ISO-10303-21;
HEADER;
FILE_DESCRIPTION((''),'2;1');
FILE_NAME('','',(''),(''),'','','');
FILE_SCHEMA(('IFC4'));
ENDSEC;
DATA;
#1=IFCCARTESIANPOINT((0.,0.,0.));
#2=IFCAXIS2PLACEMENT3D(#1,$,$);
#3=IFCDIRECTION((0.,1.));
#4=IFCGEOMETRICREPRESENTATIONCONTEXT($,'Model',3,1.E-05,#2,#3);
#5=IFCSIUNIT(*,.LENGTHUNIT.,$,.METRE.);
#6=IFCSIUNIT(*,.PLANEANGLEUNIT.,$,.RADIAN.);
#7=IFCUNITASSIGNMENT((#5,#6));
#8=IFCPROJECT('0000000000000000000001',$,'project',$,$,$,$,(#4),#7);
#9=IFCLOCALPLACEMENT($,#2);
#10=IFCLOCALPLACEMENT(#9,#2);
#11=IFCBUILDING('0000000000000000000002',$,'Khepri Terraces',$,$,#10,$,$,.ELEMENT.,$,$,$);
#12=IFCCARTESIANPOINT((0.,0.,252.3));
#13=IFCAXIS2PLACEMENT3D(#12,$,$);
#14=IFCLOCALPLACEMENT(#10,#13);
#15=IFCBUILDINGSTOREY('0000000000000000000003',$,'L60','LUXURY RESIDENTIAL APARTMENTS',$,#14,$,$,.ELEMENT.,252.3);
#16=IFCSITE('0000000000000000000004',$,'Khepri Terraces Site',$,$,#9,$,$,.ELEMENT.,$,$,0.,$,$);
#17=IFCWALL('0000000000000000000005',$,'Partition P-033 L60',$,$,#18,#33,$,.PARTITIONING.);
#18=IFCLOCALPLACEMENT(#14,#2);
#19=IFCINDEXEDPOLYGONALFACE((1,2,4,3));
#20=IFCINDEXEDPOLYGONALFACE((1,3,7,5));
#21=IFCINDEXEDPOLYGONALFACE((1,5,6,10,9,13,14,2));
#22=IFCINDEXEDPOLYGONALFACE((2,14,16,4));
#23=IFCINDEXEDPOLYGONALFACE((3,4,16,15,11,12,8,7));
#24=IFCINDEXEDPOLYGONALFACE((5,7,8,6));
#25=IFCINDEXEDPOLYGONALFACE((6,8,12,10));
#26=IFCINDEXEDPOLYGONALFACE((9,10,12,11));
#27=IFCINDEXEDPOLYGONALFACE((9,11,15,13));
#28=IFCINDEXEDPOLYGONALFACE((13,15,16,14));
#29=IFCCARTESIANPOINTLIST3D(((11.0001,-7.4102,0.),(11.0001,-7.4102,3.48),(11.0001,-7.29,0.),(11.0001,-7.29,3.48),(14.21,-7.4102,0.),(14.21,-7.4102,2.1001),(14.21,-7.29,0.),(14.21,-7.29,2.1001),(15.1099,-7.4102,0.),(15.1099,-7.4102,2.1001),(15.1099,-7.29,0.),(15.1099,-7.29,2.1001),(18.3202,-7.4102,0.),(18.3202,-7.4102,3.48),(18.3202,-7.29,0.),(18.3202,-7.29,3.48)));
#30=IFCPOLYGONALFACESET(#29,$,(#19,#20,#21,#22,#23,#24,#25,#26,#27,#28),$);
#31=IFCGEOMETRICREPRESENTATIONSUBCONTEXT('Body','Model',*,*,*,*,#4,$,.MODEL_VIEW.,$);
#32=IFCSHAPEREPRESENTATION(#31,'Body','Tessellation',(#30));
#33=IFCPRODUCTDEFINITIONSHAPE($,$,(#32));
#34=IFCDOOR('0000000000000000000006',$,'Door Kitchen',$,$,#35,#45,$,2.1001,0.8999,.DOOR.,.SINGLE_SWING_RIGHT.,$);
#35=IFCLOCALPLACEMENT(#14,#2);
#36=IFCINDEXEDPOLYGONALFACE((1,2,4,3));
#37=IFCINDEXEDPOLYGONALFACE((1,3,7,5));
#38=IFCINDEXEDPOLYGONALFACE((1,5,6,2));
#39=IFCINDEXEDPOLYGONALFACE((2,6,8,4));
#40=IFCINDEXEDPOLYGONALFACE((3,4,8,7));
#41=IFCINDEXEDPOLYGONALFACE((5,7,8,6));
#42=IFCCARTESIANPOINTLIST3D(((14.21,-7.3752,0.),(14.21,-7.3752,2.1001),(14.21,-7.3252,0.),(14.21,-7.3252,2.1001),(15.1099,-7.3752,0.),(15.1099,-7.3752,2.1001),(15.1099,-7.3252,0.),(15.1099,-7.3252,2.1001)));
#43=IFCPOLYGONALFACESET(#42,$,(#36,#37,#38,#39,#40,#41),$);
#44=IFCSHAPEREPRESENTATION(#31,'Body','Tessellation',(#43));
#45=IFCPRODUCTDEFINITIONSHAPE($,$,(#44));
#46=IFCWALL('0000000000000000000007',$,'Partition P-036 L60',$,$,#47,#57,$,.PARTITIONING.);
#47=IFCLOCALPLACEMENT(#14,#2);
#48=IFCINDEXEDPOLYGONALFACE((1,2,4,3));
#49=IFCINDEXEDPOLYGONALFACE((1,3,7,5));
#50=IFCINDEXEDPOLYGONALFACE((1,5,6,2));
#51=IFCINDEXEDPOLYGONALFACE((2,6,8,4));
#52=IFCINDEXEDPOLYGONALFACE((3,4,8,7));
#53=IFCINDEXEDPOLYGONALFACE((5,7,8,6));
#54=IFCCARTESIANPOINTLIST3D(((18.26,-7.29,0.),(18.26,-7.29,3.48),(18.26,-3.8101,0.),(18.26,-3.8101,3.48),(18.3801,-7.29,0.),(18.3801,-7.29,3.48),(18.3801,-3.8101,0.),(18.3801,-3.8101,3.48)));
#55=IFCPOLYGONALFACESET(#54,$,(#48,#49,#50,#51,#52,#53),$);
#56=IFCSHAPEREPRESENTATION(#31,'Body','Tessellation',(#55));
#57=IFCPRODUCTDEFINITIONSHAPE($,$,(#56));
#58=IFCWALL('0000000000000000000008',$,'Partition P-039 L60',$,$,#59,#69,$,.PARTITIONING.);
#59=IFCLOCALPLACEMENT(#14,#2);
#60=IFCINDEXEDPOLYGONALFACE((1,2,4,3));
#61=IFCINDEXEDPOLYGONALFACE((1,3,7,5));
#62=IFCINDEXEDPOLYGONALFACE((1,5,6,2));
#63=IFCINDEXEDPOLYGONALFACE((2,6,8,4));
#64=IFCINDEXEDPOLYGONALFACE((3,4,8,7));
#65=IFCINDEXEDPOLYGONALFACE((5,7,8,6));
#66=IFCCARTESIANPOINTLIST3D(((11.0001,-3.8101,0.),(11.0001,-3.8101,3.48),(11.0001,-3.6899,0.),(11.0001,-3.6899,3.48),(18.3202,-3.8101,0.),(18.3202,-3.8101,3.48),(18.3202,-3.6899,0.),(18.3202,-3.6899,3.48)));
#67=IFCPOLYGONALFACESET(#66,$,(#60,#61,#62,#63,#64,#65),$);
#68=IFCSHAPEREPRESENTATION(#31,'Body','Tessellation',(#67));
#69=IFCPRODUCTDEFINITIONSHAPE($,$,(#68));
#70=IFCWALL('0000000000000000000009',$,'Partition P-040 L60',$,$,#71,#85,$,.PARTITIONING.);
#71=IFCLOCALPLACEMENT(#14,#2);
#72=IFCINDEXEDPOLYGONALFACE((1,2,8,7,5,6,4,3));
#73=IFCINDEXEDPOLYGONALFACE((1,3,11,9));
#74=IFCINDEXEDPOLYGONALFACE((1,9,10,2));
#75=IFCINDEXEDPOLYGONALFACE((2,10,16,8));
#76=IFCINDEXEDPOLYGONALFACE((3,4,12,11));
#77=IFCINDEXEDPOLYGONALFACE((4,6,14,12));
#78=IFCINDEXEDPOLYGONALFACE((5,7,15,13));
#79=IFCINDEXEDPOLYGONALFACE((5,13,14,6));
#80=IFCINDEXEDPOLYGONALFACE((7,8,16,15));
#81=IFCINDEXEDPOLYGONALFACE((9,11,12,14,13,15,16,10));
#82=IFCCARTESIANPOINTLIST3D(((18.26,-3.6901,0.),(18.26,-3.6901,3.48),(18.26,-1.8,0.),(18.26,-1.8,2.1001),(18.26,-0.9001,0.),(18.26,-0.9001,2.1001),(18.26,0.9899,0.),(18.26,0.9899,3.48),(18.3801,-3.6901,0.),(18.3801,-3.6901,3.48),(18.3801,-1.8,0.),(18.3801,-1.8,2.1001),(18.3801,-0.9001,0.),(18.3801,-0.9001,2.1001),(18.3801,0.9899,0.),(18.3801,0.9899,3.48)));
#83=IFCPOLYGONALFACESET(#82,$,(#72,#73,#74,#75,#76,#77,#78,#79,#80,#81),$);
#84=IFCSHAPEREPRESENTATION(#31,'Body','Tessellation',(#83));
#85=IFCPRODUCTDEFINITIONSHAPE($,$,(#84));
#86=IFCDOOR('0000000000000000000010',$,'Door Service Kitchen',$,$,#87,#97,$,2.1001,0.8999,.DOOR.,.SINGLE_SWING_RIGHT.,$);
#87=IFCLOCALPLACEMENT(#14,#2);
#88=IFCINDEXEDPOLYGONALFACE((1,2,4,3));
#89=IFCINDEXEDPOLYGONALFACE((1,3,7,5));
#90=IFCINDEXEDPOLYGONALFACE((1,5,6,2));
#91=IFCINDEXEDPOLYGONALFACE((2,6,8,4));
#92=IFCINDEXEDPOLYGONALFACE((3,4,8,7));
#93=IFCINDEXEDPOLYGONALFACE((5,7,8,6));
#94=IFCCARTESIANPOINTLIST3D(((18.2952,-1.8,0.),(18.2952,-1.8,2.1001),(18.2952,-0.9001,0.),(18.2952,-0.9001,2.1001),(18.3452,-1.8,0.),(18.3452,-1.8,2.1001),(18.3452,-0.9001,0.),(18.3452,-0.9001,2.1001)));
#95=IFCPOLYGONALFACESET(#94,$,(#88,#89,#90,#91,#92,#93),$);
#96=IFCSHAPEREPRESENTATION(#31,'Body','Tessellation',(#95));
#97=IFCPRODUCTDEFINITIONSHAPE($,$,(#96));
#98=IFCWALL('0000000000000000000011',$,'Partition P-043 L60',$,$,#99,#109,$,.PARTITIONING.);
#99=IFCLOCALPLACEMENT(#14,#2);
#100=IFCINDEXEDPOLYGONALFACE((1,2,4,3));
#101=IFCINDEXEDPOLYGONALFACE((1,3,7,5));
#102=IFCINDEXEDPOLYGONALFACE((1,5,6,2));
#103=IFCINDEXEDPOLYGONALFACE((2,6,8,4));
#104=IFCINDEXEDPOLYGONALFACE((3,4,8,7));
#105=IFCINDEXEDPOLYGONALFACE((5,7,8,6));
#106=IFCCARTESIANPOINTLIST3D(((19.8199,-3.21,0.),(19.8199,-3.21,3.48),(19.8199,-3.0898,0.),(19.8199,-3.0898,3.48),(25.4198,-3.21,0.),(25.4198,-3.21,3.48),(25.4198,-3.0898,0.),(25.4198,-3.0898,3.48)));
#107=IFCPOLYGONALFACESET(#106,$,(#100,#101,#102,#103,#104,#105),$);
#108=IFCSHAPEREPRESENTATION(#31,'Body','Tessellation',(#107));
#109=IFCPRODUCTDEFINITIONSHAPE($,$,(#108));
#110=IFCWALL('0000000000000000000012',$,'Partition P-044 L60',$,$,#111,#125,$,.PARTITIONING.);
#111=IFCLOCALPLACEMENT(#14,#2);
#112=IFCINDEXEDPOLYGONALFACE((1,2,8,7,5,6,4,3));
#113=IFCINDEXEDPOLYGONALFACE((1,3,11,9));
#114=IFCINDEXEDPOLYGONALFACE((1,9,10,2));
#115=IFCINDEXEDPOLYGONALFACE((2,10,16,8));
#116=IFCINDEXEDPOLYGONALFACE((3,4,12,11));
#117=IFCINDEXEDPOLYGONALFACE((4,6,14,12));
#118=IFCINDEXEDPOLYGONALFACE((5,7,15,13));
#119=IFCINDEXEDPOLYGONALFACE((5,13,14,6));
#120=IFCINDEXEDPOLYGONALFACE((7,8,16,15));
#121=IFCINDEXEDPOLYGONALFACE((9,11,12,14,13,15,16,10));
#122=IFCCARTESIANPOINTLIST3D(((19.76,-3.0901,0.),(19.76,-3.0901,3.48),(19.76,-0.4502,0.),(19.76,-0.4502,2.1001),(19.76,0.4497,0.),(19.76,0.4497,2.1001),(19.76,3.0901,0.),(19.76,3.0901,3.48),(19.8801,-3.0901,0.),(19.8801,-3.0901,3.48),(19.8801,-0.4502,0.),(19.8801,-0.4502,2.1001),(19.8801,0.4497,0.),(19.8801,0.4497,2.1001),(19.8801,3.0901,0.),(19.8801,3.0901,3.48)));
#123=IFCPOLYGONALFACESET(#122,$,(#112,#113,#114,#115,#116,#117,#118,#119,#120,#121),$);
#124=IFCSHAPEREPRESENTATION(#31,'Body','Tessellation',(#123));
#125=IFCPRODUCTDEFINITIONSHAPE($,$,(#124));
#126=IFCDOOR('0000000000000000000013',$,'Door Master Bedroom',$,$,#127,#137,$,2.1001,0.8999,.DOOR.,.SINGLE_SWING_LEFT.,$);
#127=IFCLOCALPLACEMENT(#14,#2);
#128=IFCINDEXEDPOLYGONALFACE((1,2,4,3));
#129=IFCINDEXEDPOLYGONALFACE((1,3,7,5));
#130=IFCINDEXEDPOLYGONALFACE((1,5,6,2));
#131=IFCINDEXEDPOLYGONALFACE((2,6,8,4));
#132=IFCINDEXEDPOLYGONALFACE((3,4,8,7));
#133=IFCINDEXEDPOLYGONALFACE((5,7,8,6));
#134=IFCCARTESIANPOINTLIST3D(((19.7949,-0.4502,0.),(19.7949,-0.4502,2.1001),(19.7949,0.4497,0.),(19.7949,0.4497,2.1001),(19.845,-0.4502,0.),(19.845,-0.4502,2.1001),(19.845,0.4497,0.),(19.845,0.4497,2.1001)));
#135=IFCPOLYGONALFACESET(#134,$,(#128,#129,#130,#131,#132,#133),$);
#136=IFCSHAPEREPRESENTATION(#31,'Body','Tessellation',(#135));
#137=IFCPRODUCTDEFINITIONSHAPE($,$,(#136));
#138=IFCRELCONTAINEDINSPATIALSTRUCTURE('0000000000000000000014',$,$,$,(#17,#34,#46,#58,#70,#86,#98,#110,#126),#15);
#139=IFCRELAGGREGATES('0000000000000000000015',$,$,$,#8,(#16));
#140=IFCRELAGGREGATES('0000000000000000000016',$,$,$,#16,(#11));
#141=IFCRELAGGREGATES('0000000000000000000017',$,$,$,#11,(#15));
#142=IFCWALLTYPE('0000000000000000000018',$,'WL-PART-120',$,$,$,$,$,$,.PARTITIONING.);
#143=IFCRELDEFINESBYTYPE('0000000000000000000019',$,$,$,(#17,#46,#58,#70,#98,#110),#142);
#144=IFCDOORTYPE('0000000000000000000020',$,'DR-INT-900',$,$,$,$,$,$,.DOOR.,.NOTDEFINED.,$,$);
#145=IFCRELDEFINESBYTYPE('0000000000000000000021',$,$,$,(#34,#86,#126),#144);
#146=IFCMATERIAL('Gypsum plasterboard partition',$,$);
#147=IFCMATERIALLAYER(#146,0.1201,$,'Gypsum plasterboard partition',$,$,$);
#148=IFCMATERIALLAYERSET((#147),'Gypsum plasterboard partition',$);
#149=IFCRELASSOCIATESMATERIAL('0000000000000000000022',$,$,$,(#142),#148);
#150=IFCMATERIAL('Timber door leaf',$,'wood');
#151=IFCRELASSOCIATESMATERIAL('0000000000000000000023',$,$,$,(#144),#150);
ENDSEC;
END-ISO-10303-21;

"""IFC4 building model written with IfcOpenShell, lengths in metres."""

from ifc_helpers import new_model, si_unit, direction, frame, frame_2d, origin, place, context, subcontext, project, spatial, rectangle, extrude, material, layer, layer_set, type_object, element, fill, save


model = new_model("IFC4")

# Units and contexts
model_context = context("Model", 3, precision=1e-05, world=origin(), true_north=direction((0.0, 1.0)))
body_context = subcontext(model_context, "Body", "Model", "MODEL_VIEW")
ifc_project = project(units=[si_unit("LENGTHUNIT", "METRE"), si_unit("PLANEANGLEUNIT", "RADIAN")], contexts=[model_context])

# Site, building, storey
site_placement = place(None, origin())
site = spatial("IfcSite", under=ifc_project, at=site_placement, Name="Khepri Terraces Site", CompositionType="ELEMENT", RefElevation=0.0)
building_placement = place(site_placement, origin())
building = spatial("IfcBuilding", under=site, at=building_placement, Name="Khepri Terraces", CompositionType="ELEMENT")
storey_placement = place(building_placement, frame((0.0, 0.0, 252.3)))
storey = spatial("IfcBuildingStorey", under=building, at=storey_placement, Name="L60", Description="LUXURY RESIDENTIAL APARTMENTS", CompositionType="ELEMENT", Elevation=252.3)

# Shared definitions
ifc_material_1 = material(Name="Gypsum plasterboard partition")
ifc_layer_1 = layer(ifc_material_1, 0.1201, Name="Gypsum plasterboard partition")
ifc_layer_set_1 = layer_set([ifc_layer_1], Name="Gypsum plasterboard partition")
wall_type_1 = type_object("IfcWallType", Name="WL-PART-120", PredefinedType="PARTITIONING", material=ifc_layer_set_1)
ifc_material_2 = material(Name="Timber door leaf", Category="wood")
door_type_1 = type_object("IfcDoorType", Name="DR-INT-900", OperationType="NOTDEFINED", PredefinedType="DOOR", material=ifc_material_2)

# Wall, opening, door
wall_1_placement = place(storey_placement, frame((11.0, -7.3501, 0.0), z_axis=(0.0, 0.0, 1.0), x_axis=(1.0, 0.0, 0.0)))
wall_1 = element("IfcWall", 1, at=wall_1_placement, inside=storey, type_object=wall_type_1, Name="Partition P-033 L60", PredefinedType="PARTITIONING", context=body_context, shape_type="SweptSolid", body=[
    extrude(rectangle(XDim=7.3201, YDim=0.1201, at=frame_2d((3.6602, 0.0))), origin(), (0.0, 0.0, 1.0), 3.48),
])
opening_1_placement = place(wall_1_placement, frame((3.21, 0.0, 0.0)))
opening_1 = element("IfcOpeningElement", 2, at=opening_1_placement, cuts=wall_1, PredefinedType="OPENING", context=body_context, shape_type="SweptSolid", body=[
    extrude(rectangle(XDim=0.8999, YDim=2.1001, at=frame_2d((0.45, 1.05))), frame((0.0, 0.0701, 0.0), z_axis=(0.0, -1.0, 0.0), x_axis=(1.0, 0.0, 0.0)), (0.0, 0.0, 1.0), 0.1401),
])
door_1_placement = place(opening_1_placement, origin())
door_1 = element("IfcDoor", 3, at=door_1_placement, inside=storey, type_object=door_type_1, Name="Door Kitchen", OperationType="SINGLE_SWING_RIGHT", OverallHeight=2.1001, OverallWidth=0.8999, PredefinedType="DOOR", context=body_context, shape_type="SweptSolid", body=[
    extrude(rectangle(XDim=0.8999, YDim=2.1001, at=frame_2d((0.45, 1.05))), frame((0.0, 0.0249, 0.0), z_axis=(0.0, -1.0, 0.0), x_axis=(1.0, 0.0, 0.0)), (0.0, 0.0, 1.0), 0.05),
])
fill(opening_1, door_1)

# Walls
wall_2_placement = place(storey_placement, frame((18.3201, -7.29, 0.0), z_axis=(0.0, 0.0, 1.0), x_axis=(0.0, 1.0, 0.0)))
element("IfcWall", 4, at=wall_2_placement, inside=storey, type_object=wall_type_1, Name="Partition P-036 L60", PredefinedType="PARTITIONING", context=body_context, shape_type="SweptSolid", body=[
    extrude(rectangle(XDim=3.48, YDim=0.1201, at=frame_2d((1.74, 0.0))), origin(), (0.0, 0.0, 1.0), 3.48),
])
wall_3_placement = place(storey_placement, frame((11.0, -3.75, 0.0), z_axis=(0.0, 0.0, 1.0), x_axis=(1.0, 0.0, 0.0)))
element("IfcWall", 5, at=wall_3_placement, inside=storey, type_object=wall_type_1, Name="Partition P-039 L60", PredefinedType="PARTITIONING", context=body_context, shape_type="SweptSolid", body=[
    extrude(rectangle(XDim=7.3201, YDim=0.1201, at=frame_2d((3.6602, 0.0))), origin(), (0.0, 0.0, 1.0), 3.48),
])

# Wall, opening, door
wall_4_placement = place(storey_placement, frame((18.3201, -3.6899, 0.0), z_axis=(0.0, 0.0, 1.0), x_axis=(0.0, 1.0, 0.0)))
wall_4 = element("IfcWall", 6, at=wall_4_placement, inside=storey, type_object=wall_type_1, Name="Partition P-040 L60", PredefinedType="PARTITIONING", context=body_context, shape_type="SweptSolid", body=[
    extrude(rectangle(XDim=4.6799, YDim=0.1201, at=frame_2d((2.3398, 0.0))), origin(), (0.0, 0.0, 1.0), 3.48),
])
opening_2_placement = place(wall_4_placement, frame((1.8899, 0.0, 0.0)))
opening_2 = element("IfcOpeningElement", 7, at=opening_2_placement, cuts=wall_4, PredefinedType="OPENING", context=body_context, shape_type="SweptSolid", body=[
    extrude(rectangle(XDim=0.8999, YDim=2.1001, at=frame_2d((0.45, 1.05))), frame((0.0, 0.0701, 0.0), z_axis=(0.0, -1.0, 0.0), x_axis=(1.0, 0.0, 0.0)), (0.0, 0.0, 1.0), 0.1401),
])
door_2_placement = place(opening_2_placement, origin())
door_2 = element("IfcDoor", 8, at=door_2_placement, inside=storey, type_object=door_type_1, Name="Door Service Kitchen", OperationType="SINGLE_SWING_RIGHT", OverallHeight=2.1001, OverallWidth=0.8999, PredefinedType="DOOR", context=body_context, shape_type="SweptSolid", body=[
    extrude(rectangle(XDim=0.8999, YDim=2.1001, at=frame_2d((0.45, 1.05))), frame((0.0, 0.0249, 0.0), z_axis=(0.0, -1.0, 0.0), x_axis=(1.0, 0.0, 0.0)), (0.0, 0.0, 1.0), 0.05),
])
fill(opening_2, door_2)

# Wall
wall_5_placement = place(storey_placement, frame((19.8201, -3.1499, 0.0), z_axis=(0.0, 0.0, 1.0), x_axis=(1.0, 0.0, 0.0)))
element("IfcWall", 9, at=wall_5_placement, inside=storey, type_object=wall_type_1, Name="Partition P-043 L60", PredefinedType="PARTITIONING", context=body_context, shape_type="SweptSolid", body=[
    extrude(rectangle(XDim=5.5999, YDim=0.1201, at=frame_2d((2.7998, 0.0))), origin(), (0.0, 0.0, 1.0), 3.48),
])

# Wall, opening, door
wall_6_placement = place(storey_placement, frame((19.8201, -3.0901, 0.0), z_axis=(0.0, 0.0, 1.0), x_axis=(0.0, 1.0, 0.0)))
wall_6 = element("IfcWall", 10, at=wall_6_placement, inside=storey, type_object=wall_type_1, Name="Partition P-044 L60", PredefinedType="PARTITIONING", context=body_context, shape_type="SweptSolid", body=[
    extrude(rectangle(XDim=6.1802, YDim=0.1201, at=frame_2d((3.0901, 0.0))), origin(), (0.0, 0.0, 1.0), 3.48),
])
opening_3_placement = place(wall_6_placement, frame((2.6399, 0.0, 0.0)))
opening_3 = element("IfcOpeningElement", 11, at=opening_3_placement, cuts=wall_6, PredefinedType="OPENING", context=body_context, shape_type="SweptSolid", body=[
    extrude(rectangle(XDim=0.8999, YDim=2.1001, at=frame_2d((0.45, 1.05))), frame((0.0, 0.0701, 0.0), z_axis=(0.0, -1.0, 0.0), x_axis=(1.0, 0.0, 0.0)), (0.0, 0.0, 1.0), 0.1401),
])
door_3_placement = place(opening_3_placement, frame((0.8999, 0.0, 0.0), z_axis=(0.0, 0.0, 1.0), x_axis=(-1.0, 0.0, 0.0)))
door_3 = element("IfcDoor", 12, at=door_3_placement, inside=storey, type_object=door_type_1, Name="Door Master Bedroom", OperationType="SINGLE_SWING_LEFT", OverallHeight=2.1001, OverallWidth=0.8999, PredefinedType="DOOR", context=body_context, shape_type="SweptSolid", body=[
    extrude(rectangle(XDim=0.8999, YDim=2.1001, at=frame_2d((0.45, 1.05))), frame((0.0, 0.0249, 0.0), z_axis=(0.0, -1.0, 0.0), x_axis=(1.0, 0.0, 0.0)), (0.0, 0.0, 1.0), 0.05),
])
fill(opening_3, door_3)

save(model, "model.ifc")
